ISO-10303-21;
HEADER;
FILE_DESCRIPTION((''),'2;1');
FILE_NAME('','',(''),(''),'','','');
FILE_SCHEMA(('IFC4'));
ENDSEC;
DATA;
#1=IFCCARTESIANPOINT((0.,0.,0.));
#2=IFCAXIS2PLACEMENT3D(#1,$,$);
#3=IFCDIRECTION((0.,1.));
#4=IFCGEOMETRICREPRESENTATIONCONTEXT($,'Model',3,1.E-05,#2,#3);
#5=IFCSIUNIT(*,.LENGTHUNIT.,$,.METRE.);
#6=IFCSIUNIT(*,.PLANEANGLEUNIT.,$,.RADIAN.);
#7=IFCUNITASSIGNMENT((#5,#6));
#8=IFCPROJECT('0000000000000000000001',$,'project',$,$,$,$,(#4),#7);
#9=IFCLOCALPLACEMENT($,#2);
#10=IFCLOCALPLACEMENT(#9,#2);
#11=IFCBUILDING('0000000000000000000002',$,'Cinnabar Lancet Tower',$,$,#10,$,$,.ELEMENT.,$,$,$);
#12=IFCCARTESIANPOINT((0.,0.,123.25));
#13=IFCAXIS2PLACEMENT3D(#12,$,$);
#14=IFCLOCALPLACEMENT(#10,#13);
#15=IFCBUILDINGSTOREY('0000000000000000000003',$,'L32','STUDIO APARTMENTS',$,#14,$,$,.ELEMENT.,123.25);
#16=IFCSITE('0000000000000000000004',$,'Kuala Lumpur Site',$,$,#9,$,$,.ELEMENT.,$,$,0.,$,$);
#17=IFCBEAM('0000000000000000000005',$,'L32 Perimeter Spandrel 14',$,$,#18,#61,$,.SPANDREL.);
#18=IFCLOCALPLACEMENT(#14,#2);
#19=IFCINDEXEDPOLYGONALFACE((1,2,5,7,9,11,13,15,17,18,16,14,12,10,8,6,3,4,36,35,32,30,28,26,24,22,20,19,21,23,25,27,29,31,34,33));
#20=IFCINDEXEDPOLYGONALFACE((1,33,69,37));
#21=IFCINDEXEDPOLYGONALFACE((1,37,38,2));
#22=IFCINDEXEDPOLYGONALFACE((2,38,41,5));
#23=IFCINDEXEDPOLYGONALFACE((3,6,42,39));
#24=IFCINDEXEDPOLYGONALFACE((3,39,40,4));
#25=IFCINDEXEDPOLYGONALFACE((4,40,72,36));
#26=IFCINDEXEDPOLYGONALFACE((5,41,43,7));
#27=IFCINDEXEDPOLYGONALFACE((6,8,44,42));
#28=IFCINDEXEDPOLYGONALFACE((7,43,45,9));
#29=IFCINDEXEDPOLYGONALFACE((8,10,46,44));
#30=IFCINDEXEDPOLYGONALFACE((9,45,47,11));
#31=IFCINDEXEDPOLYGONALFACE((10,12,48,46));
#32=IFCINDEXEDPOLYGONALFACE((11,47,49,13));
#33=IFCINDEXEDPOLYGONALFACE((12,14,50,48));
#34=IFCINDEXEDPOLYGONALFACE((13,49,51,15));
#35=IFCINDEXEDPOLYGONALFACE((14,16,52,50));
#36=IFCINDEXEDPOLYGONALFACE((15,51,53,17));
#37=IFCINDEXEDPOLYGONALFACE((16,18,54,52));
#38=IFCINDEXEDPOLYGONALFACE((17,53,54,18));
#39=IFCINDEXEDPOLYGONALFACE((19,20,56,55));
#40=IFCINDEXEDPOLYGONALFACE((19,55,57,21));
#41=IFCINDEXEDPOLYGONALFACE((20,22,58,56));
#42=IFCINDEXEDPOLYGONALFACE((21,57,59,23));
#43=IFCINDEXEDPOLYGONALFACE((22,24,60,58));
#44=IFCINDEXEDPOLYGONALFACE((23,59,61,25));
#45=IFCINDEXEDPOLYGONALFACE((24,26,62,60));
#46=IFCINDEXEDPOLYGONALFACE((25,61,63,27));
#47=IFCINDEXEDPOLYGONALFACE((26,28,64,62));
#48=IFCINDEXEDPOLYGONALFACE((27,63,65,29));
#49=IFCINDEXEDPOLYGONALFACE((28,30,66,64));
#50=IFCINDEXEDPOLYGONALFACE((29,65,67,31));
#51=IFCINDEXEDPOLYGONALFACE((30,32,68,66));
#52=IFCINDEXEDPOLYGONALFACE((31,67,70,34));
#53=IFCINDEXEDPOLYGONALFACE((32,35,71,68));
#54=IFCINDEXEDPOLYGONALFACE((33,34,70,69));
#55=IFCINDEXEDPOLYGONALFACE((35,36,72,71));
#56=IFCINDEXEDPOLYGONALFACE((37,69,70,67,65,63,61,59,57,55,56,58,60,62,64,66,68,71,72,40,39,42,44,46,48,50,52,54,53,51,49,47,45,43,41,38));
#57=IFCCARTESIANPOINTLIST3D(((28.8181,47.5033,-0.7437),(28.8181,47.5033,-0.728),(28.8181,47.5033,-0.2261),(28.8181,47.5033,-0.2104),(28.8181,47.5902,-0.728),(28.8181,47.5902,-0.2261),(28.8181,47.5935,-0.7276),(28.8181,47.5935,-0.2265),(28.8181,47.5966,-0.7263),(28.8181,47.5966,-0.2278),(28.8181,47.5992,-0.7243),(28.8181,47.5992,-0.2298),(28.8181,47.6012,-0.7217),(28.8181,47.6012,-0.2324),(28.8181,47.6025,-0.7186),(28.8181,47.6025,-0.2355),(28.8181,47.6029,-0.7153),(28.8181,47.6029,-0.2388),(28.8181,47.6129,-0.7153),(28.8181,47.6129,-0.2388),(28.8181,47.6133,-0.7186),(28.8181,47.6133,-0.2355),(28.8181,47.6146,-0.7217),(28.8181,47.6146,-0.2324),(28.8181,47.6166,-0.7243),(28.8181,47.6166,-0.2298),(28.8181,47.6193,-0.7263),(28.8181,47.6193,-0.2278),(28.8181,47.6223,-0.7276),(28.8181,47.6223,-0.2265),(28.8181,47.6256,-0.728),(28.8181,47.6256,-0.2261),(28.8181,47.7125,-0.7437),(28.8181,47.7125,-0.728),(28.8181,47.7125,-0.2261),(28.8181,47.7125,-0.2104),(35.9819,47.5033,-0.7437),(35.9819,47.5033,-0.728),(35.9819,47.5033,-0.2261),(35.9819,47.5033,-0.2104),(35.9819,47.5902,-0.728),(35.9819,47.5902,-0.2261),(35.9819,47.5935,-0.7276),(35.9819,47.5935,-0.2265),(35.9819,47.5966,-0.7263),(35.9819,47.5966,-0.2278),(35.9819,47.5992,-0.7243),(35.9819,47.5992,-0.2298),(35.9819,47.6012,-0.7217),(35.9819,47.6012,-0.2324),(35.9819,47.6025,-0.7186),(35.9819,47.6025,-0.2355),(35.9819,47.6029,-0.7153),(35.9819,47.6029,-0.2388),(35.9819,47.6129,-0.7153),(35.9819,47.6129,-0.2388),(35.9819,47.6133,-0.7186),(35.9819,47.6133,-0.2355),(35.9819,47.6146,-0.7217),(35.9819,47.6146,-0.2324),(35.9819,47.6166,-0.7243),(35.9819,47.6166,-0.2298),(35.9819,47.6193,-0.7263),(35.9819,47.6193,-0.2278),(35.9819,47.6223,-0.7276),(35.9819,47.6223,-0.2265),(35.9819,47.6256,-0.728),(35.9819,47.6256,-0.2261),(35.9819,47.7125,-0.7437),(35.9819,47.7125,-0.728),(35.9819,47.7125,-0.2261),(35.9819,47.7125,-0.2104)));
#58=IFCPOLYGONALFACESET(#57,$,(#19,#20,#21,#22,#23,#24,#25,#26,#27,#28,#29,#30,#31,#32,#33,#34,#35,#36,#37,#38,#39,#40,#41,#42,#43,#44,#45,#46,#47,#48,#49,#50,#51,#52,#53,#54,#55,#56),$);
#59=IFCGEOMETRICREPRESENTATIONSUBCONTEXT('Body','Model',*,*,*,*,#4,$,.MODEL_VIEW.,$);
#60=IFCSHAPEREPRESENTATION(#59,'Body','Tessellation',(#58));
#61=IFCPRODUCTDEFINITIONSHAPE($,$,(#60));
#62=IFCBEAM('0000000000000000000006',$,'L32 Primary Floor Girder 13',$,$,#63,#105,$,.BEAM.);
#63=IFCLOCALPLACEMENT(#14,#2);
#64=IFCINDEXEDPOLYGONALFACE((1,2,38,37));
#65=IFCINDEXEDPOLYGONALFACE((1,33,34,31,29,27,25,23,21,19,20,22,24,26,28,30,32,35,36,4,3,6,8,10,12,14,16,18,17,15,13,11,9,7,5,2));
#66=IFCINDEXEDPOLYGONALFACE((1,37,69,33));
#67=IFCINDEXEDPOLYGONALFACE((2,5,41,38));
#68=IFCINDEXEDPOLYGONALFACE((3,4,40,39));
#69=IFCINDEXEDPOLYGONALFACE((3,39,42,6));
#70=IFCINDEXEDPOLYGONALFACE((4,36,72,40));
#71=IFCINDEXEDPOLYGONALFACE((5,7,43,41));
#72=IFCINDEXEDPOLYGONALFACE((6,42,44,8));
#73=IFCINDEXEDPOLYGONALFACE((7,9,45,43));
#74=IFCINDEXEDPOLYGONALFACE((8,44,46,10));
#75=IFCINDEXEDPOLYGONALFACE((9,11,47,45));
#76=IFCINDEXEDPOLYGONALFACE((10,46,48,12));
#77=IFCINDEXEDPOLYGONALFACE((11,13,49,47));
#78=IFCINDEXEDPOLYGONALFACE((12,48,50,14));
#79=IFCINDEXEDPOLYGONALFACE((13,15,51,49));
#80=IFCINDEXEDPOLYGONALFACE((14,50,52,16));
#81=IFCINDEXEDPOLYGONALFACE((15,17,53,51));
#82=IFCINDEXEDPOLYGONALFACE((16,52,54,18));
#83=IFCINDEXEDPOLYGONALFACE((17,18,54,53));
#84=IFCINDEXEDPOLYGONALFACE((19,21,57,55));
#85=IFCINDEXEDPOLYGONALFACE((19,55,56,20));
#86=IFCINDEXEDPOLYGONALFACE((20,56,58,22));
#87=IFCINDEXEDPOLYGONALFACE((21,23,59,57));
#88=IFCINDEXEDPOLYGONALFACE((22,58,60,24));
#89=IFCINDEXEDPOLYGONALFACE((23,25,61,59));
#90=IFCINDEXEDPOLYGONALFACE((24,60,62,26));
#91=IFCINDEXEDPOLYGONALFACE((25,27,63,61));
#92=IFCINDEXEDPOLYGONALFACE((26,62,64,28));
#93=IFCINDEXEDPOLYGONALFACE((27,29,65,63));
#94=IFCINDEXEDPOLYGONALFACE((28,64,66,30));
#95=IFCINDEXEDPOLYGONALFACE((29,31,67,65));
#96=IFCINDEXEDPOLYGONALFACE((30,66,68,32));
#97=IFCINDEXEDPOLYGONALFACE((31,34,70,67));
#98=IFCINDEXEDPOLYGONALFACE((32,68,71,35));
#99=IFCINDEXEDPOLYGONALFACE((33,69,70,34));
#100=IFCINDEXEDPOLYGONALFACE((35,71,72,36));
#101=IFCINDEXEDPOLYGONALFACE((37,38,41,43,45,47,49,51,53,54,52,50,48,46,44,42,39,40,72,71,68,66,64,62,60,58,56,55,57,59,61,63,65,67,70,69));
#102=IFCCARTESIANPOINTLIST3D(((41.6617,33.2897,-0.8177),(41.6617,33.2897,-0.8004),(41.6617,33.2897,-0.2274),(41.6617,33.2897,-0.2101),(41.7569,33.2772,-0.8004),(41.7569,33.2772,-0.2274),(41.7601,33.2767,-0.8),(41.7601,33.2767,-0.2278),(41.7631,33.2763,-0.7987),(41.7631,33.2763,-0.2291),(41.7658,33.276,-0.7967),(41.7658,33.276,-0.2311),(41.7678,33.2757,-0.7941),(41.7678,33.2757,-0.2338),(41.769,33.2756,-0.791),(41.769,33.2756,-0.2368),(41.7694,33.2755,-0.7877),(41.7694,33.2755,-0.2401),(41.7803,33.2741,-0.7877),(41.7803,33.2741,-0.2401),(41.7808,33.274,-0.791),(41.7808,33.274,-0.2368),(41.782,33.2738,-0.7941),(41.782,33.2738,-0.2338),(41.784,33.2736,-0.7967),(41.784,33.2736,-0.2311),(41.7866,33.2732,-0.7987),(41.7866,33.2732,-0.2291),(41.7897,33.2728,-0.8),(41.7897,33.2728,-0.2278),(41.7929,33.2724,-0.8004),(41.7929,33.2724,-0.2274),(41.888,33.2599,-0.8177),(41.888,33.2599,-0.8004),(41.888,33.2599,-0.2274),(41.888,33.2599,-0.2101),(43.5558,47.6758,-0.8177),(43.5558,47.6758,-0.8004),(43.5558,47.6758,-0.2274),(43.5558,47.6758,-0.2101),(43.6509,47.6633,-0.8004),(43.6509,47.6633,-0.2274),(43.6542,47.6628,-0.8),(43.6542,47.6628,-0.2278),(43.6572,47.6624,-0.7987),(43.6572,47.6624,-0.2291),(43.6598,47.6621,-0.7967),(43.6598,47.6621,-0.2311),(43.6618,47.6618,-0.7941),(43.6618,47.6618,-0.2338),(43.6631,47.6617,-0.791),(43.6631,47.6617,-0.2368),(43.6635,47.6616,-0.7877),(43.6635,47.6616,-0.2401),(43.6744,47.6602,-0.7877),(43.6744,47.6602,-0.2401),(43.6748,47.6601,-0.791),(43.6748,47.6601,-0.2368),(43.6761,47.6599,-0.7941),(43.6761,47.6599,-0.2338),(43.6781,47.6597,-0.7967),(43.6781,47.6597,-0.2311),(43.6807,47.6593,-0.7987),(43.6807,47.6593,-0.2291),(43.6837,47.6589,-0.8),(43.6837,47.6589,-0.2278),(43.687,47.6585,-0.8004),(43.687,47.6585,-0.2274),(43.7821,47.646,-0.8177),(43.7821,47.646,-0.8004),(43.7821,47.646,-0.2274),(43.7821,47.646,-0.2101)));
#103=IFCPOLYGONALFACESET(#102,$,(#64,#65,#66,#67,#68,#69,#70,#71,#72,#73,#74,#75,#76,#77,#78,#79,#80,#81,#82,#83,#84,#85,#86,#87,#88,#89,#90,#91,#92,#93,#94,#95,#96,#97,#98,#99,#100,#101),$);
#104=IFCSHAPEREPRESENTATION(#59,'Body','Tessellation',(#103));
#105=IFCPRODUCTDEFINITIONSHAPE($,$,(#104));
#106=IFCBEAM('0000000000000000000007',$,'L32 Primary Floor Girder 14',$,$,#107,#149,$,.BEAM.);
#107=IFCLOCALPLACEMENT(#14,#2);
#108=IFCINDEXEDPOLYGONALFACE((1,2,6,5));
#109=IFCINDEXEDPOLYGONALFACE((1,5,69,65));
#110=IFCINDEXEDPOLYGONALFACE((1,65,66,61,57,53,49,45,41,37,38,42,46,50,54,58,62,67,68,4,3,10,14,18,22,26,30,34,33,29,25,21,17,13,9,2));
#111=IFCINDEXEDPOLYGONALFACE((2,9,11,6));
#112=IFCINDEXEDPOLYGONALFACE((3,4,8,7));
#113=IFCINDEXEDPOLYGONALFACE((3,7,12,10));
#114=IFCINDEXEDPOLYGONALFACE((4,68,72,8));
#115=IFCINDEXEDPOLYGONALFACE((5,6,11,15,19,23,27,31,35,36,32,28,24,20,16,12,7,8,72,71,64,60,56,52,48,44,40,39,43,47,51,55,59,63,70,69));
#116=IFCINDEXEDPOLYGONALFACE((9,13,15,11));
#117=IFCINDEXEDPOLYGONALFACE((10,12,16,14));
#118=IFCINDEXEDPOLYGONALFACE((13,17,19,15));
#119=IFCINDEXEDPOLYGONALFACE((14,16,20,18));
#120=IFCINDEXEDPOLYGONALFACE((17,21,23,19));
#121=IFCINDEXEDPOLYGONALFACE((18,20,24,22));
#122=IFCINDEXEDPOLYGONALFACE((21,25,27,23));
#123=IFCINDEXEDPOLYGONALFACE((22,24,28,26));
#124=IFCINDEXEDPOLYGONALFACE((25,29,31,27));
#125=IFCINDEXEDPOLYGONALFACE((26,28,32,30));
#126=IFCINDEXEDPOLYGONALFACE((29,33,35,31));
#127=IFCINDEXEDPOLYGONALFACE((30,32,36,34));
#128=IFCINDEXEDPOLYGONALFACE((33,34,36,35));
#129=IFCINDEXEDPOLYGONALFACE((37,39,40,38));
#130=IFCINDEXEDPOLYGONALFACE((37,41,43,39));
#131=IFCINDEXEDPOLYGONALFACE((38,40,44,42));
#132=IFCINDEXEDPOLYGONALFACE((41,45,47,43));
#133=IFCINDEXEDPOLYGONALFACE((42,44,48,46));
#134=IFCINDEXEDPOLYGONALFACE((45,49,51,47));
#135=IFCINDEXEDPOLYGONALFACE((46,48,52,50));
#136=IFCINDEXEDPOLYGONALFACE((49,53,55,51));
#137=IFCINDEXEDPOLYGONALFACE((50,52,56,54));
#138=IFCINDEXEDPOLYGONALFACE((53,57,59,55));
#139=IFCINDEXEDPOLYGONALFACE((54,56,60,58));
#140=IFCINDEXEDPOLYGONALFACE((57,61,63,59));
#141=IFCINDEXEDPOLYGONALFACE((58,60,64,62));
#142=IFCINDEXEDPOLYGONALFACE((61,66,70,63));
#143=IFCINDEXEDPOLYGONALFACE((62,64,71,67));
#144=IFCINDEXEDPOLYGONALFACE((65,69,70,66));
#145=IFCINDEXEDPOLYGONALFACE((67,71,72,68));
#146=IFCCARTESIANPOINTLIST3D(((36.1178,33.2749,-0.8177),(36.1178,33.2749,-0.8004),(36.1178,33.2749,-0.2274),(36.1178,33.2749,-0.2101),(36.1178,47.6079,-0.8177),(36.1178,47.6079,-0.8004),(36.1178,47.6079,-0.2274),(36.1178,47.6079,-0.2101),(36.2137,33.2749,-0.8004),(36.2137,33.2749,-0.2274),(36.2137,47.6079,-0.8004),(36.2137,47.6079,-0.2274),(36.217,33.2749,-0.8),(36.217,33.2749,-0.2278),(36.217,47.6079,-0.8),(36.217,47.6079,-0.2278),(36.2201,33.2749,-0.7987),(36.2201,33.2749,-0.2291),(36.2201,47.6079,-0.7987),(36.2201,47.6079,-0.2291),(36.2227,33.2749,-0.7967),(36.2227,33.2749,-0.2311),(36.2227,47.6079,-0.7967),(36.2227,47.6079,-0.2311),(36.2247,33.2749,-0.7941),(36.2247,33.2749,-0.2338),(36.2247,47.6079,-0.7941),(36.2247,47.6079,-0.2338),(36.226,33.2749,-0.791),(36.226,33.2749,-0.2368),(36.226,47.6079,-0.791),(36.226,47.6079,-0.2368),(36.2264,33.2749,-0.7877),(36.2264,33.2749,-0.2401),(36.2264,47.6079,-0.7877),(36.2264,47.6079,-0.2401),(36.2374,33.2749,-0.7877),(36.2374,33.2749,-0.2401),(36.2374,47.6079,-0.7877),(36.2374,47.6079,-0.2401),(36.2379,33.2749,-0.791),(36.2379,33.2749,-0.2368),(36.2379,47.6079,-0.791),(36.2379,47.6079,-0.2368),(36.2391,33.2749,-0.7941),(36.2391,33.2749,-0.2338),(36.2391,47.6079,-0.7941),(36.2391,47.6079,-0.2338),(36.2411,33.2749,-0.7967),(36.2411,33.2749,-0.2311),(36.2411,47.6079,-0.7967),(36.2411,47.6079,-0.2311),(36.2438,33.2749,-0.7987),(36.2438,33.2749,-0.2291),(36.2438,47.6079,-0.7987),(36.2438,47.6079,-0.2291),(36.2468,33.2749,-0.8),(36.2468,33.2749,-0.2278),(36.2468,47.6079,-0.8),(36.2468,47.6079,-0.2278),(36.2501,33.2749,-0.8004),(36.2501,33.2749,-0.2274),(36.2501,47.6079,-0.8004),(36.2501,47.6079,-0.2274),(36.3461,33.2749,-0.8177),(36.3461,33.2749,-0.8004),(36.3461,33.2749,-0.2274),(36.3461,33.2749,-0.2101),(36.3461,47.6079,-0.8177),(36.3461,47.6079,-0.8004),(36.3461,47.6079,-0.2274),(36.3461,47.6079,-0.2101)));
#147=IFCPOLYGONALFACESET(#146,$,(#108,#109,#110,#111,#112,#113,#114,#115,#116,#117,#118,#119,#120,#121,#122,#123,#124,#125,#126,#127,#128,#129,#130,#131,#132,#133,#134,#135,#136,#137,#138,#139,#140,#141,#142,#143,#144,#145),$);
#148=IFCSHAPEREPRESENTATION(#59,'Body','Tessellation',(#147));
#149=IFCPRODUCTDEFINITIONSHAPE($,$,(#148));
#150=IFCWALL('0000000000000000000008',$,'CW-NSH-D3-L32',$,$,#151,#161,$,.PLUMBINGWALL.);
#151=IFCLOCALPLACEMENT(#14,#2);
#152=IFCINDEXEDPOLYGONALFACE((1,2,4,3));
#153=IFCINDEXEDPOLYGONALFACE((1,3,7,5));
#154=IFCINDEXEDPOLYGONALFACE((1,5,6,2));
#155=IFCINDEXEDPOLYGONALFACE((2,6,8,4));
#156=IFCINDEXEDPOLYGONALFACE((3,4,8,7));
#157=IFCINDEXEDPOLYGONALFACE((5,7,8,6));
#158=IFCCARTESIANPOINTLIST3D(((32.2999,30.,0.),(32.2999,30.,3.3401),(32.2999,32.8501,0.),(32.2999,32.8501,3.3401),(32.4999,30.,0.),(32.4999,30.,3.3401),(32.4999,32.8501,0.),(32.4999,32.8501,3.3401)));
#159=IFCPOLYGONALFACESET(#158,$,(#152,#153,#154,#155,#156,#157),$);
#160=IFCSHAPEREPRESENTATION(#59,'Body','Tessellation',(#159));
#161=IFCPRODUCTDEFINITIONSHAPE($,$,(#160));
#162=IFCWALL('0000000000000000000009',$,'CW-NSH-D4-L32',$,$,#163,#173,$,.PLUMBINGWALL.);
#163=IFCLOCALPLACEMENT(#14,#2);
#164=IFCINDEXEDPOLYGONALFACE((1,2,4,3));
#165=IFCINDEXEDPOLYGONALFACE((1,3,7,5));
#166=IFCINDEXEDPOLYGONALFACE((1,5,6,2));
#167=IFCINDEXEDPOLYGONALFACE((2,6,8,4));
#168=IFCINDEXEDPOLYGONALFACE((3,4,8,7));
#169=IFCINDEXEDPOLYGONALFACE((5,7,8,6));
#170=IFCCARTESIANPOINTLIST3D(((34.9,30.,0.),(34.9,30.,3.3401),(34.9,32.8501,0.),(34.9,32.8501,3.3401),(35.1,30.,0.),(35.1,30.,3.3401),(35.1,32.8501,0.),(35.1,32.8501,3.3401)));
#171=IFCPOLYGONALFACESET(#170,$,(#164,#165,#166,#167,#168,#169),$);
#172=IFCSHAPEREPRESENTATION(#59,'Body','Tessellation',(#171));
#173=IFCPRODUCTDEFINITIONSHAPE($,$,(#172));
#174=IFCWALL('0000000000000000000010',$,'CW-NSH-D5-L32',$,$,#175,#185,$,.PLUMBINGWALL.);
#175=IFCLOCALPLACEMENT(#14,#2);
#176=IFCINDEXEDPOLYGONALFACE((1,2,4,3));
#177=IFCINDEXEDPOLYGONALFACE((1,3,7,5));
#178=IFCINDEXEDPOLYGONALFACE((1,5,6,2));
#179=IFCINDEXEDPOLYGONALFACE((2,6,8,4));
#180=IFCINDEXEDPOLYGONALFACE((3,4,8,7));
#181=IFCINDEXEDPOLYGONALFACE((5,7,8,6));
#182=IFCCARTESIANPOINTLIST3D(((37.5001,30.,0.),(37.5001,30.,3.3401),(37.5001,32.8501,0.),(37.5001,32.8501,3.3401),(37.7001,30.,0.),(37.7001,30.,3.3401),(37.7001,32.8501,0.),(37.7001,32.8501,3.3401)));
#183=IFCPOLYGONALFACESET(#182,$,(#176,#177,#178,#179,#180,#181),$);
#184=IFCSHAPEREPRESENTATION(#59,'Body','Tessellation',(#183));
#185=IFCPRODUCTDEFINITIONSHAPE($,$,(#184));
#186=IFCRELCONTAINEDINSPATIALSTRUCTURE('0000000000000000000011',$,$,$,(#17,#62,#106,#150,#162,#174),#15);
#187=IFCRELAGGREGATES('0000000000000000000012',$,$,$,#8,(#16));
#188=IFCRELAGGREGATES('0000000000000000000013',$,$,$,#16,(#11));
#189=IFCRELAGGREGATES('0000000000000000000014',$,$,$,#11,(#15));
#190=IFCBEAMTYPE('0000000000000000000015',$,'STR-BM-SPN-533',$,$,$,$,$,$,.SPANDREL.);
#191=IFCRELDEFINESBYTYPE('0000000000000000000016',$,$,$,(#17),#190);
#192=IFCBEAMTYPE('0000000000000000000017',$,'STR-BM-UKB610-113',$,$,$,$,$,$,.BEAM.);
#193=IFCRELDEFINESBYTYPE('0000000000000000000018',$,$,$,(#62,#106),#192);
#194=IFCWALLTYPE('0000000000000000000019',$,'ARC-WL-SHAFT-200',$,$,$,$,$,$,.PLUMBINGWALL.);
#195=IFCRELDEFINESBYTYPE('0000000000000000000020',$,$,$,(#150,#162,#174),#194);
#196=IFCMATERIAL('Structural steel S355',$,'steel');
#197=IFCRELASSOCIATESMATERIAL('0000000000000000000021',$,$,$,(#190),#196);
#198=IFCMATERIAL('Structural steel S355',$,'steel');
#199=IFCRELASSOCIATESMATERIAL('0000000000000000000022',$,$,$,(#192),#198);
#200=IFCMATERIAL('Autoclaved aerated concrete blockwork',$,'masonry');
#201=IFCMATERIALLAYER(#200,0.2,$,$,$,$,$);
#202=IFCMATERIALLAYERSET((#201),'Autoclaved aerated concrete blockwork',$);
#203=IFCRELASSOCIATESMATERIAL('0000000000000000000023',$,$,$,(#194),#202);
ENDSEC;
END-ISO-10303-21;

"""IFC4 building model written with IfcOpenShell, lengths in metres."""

from ifc_helpers import new_model, si_unit, direction, frame, frame_2d, origin, origin_2d, place, context, subcontext, project, spatial, rectangle, i_section, extrude, material, layer, layer_set, material_profile, profile_set, type_object, element, save


model = new_model("IFC4")

# Units and contexts
model_context = context("Model", 3, precision=1e-05, world=origin(), true_north=direction((0.0, 1.0)))
body_context = subcontext(model_context, "Body", "Model", "MODEL_VIEW")
ifc_project = project(units=[si_unit("LENGTHUNIT", "METRE"), si_unit("PLANEANGLEUNIT", "RADIAN")], contexts=[model_context])

# Site, building, storey
site_placement = place(None, origin())
site = spatial("IfcSite", under=ifc_project, at=site_placement, Name="Kuala Lumpur Site", CompositionType="ELEMENT", RefElevation=0.0)
building_placement = place(site_placement, origin())
building = spatial("IfcBuilding", under=site, at=building_placement, Name="Cinnabar Lancet Tower", CompositionType="ELEMENT")
storey_placement = place(building_placement, frame((0.0, 0.0, 123.25)))
storey = spatial("IfcBuildingStorey", under=building, at=storey_placement, Name="L32", Description="STUDIO APARTMENTS", CompositionType="ELEMENT", Elevation=123.25)

# Beams
ifc_material_1 = material(Name="Structural steel S355", Category="steel")
ifc_material_profile_1 = material_profile(ifc_material_1, i_section(OverallWidth=0.2092, OverallDepth=0.5332, WebThickness=0.01, FlangeThickness=0.0156, FilletRadius=0.0127, at=origin_2d()), Name="UKB 533x210x92")
ifc_profile_set_1 = profile_set([ifc_material_profile_1], Name="Structural steel S355")
beam_type_1 = type_object("IfcBeamType", Name="STR-BM-SPN-533", PredefinedType="SPANDREL", material=ifc_profile_set_1)
beam_1_placement = place(storey_placement, frame((35.9819, 47.6079, -0.4771), z_axis=(-1.0, 0.0, 0.0), x_axis=(0.0, -1.0, 0.0)))
element("IfcBeam", 1, at=beam_1_placement, inside=storey, type_object=beam_type_1, Name="L32 Perimeter Spandrel 14", PredefinedType="SPANDREL", context=body_context, shape_type="SweptSolid", body=[
    extrude(i_section(OverallWidth=0.2092, OverallDepth=0.5332, WebThickness=0.01, FlangeThickness=0.0156, FilletRadius=0.0127, at=origin_2d()), origin(), (0.0, 0.0, 1.0), 7.1638),
])
ifc_material_2 = material(Name="Structural steel S355", Category="steel")
ifc_material_profile_2 = material_profile(ifc_material_2, i_section(OverallWidth=0.2283, OverallDepth=0.6077, WebThickness=0.011, FlangeThickness=0.0173, FilletRadius=0.0127, at=origin_2d()), Name="UKB 610x229x113")
ifc_profile_set_2 = profile_set([ifc_material_profile_2], Name="Structural steel S355")
beam_type_2 = type_object("IfcBeamType", Name="STR-BM-UKB610-113", PredefinedType="BEAM", material=ifc_profile_set_2)
beam_2_placement = place(storey_placement, frame((43.6689, 47.6609, -0.5139), z_axis=(-0.130532, -0.991444, 0.0), x_axis=(0.991444, -0.130532, 0.0)))
element("IfcBeam", 2, at=beam_2_placement, inside=storey, type_object=beam_type_2, Name="L32 Primary Floor Girder 13", PredefinedType="BEAM", context=body_context, shape_type="SweptSolid", body=[
    extrude(i_section(OverallWidth=0.2283, OverallDepth=0.6077, WebThickness=0.011, FlangeThickness=0.0173, FilletRadius=0.0127, at=origin_2d()), origin(), (0.0, 0.0, 1.0), 14.5103),
])
beam_3_placement = place(storey_placement, frame((36.2319, 47.6079, -0.5139), z_axis=(0.0, -1.0, 0.0), x_axis=(1.0, 0.0, 0.0)))
element("IfcBeam", 3, at=beam_3_placement, inside=storey, type_object=beam_type_2, Name="L32 Primary Floor Girder 14", PredefinedType="BEAM", context=body_context, shape_type="SweptSolid", body=[
    extrude(i_section(OverallWidth=0.2283, OverallDepth=0.6077, WebThickness=0.011, FlangeThickness=0.0173, FilletRadius=0.0127, at=origin_2d()), origin(), (0.0, 0.0, 1.0), 14.333),
])

# Walls
ifc_material_3 = material(Name="Autoclaved aerated concrete blockwork", Category="masonry")
ifc_layer_1 = layer(ifc_material_3, 0.2)
ifc_layer_set_1 = layer_set([ifc_layer_1], Name="Autoclaved aerated concrete blockwork")
wall_type_1 = type_object("IfcWallType", Name="ARC-WL-SHAFT-200", PredefinedType="PLUMBINGWALL", material=ifc_layer_set_1)
for number, where, z_axis, x_axis, name in (
    (4, (32.3999, 30.0, 0.0), (0.0, 0.0, 1.0), (0.0, 1.0, 0.0), "CW-NSH-D3-L32"),
    (5, (35.0, 30.0, 0.0), (0.0, 0.0, 1.0), (0.0, 1.0, 0.0), "CW-NSH-D4-L32"),
    (6, (37.6001, 30.0, 0.0), (0.0, 0.0, 1.0), (0.0, 1.0, 0.0), "CW-NSH-D5-L32"),
):
    element("IfcWall", number, at=place(storey_placement, frame(where, z_axis=z_axis, x_axis=x_axis)), inside=storey, type_object=wall_type_1, Name=name, PredefinedType="PLUMBINGWALL", context=body_context, shape_type="SweptSolid", body=[
        extrude(rectangle(XDim=2.8501, YDim=0.2, at=frame_2d((1.425, 0.0))), origin(), (0.0, 0.0, 1.0), 3.3401),
    ])

save(model, "model.ifc")
